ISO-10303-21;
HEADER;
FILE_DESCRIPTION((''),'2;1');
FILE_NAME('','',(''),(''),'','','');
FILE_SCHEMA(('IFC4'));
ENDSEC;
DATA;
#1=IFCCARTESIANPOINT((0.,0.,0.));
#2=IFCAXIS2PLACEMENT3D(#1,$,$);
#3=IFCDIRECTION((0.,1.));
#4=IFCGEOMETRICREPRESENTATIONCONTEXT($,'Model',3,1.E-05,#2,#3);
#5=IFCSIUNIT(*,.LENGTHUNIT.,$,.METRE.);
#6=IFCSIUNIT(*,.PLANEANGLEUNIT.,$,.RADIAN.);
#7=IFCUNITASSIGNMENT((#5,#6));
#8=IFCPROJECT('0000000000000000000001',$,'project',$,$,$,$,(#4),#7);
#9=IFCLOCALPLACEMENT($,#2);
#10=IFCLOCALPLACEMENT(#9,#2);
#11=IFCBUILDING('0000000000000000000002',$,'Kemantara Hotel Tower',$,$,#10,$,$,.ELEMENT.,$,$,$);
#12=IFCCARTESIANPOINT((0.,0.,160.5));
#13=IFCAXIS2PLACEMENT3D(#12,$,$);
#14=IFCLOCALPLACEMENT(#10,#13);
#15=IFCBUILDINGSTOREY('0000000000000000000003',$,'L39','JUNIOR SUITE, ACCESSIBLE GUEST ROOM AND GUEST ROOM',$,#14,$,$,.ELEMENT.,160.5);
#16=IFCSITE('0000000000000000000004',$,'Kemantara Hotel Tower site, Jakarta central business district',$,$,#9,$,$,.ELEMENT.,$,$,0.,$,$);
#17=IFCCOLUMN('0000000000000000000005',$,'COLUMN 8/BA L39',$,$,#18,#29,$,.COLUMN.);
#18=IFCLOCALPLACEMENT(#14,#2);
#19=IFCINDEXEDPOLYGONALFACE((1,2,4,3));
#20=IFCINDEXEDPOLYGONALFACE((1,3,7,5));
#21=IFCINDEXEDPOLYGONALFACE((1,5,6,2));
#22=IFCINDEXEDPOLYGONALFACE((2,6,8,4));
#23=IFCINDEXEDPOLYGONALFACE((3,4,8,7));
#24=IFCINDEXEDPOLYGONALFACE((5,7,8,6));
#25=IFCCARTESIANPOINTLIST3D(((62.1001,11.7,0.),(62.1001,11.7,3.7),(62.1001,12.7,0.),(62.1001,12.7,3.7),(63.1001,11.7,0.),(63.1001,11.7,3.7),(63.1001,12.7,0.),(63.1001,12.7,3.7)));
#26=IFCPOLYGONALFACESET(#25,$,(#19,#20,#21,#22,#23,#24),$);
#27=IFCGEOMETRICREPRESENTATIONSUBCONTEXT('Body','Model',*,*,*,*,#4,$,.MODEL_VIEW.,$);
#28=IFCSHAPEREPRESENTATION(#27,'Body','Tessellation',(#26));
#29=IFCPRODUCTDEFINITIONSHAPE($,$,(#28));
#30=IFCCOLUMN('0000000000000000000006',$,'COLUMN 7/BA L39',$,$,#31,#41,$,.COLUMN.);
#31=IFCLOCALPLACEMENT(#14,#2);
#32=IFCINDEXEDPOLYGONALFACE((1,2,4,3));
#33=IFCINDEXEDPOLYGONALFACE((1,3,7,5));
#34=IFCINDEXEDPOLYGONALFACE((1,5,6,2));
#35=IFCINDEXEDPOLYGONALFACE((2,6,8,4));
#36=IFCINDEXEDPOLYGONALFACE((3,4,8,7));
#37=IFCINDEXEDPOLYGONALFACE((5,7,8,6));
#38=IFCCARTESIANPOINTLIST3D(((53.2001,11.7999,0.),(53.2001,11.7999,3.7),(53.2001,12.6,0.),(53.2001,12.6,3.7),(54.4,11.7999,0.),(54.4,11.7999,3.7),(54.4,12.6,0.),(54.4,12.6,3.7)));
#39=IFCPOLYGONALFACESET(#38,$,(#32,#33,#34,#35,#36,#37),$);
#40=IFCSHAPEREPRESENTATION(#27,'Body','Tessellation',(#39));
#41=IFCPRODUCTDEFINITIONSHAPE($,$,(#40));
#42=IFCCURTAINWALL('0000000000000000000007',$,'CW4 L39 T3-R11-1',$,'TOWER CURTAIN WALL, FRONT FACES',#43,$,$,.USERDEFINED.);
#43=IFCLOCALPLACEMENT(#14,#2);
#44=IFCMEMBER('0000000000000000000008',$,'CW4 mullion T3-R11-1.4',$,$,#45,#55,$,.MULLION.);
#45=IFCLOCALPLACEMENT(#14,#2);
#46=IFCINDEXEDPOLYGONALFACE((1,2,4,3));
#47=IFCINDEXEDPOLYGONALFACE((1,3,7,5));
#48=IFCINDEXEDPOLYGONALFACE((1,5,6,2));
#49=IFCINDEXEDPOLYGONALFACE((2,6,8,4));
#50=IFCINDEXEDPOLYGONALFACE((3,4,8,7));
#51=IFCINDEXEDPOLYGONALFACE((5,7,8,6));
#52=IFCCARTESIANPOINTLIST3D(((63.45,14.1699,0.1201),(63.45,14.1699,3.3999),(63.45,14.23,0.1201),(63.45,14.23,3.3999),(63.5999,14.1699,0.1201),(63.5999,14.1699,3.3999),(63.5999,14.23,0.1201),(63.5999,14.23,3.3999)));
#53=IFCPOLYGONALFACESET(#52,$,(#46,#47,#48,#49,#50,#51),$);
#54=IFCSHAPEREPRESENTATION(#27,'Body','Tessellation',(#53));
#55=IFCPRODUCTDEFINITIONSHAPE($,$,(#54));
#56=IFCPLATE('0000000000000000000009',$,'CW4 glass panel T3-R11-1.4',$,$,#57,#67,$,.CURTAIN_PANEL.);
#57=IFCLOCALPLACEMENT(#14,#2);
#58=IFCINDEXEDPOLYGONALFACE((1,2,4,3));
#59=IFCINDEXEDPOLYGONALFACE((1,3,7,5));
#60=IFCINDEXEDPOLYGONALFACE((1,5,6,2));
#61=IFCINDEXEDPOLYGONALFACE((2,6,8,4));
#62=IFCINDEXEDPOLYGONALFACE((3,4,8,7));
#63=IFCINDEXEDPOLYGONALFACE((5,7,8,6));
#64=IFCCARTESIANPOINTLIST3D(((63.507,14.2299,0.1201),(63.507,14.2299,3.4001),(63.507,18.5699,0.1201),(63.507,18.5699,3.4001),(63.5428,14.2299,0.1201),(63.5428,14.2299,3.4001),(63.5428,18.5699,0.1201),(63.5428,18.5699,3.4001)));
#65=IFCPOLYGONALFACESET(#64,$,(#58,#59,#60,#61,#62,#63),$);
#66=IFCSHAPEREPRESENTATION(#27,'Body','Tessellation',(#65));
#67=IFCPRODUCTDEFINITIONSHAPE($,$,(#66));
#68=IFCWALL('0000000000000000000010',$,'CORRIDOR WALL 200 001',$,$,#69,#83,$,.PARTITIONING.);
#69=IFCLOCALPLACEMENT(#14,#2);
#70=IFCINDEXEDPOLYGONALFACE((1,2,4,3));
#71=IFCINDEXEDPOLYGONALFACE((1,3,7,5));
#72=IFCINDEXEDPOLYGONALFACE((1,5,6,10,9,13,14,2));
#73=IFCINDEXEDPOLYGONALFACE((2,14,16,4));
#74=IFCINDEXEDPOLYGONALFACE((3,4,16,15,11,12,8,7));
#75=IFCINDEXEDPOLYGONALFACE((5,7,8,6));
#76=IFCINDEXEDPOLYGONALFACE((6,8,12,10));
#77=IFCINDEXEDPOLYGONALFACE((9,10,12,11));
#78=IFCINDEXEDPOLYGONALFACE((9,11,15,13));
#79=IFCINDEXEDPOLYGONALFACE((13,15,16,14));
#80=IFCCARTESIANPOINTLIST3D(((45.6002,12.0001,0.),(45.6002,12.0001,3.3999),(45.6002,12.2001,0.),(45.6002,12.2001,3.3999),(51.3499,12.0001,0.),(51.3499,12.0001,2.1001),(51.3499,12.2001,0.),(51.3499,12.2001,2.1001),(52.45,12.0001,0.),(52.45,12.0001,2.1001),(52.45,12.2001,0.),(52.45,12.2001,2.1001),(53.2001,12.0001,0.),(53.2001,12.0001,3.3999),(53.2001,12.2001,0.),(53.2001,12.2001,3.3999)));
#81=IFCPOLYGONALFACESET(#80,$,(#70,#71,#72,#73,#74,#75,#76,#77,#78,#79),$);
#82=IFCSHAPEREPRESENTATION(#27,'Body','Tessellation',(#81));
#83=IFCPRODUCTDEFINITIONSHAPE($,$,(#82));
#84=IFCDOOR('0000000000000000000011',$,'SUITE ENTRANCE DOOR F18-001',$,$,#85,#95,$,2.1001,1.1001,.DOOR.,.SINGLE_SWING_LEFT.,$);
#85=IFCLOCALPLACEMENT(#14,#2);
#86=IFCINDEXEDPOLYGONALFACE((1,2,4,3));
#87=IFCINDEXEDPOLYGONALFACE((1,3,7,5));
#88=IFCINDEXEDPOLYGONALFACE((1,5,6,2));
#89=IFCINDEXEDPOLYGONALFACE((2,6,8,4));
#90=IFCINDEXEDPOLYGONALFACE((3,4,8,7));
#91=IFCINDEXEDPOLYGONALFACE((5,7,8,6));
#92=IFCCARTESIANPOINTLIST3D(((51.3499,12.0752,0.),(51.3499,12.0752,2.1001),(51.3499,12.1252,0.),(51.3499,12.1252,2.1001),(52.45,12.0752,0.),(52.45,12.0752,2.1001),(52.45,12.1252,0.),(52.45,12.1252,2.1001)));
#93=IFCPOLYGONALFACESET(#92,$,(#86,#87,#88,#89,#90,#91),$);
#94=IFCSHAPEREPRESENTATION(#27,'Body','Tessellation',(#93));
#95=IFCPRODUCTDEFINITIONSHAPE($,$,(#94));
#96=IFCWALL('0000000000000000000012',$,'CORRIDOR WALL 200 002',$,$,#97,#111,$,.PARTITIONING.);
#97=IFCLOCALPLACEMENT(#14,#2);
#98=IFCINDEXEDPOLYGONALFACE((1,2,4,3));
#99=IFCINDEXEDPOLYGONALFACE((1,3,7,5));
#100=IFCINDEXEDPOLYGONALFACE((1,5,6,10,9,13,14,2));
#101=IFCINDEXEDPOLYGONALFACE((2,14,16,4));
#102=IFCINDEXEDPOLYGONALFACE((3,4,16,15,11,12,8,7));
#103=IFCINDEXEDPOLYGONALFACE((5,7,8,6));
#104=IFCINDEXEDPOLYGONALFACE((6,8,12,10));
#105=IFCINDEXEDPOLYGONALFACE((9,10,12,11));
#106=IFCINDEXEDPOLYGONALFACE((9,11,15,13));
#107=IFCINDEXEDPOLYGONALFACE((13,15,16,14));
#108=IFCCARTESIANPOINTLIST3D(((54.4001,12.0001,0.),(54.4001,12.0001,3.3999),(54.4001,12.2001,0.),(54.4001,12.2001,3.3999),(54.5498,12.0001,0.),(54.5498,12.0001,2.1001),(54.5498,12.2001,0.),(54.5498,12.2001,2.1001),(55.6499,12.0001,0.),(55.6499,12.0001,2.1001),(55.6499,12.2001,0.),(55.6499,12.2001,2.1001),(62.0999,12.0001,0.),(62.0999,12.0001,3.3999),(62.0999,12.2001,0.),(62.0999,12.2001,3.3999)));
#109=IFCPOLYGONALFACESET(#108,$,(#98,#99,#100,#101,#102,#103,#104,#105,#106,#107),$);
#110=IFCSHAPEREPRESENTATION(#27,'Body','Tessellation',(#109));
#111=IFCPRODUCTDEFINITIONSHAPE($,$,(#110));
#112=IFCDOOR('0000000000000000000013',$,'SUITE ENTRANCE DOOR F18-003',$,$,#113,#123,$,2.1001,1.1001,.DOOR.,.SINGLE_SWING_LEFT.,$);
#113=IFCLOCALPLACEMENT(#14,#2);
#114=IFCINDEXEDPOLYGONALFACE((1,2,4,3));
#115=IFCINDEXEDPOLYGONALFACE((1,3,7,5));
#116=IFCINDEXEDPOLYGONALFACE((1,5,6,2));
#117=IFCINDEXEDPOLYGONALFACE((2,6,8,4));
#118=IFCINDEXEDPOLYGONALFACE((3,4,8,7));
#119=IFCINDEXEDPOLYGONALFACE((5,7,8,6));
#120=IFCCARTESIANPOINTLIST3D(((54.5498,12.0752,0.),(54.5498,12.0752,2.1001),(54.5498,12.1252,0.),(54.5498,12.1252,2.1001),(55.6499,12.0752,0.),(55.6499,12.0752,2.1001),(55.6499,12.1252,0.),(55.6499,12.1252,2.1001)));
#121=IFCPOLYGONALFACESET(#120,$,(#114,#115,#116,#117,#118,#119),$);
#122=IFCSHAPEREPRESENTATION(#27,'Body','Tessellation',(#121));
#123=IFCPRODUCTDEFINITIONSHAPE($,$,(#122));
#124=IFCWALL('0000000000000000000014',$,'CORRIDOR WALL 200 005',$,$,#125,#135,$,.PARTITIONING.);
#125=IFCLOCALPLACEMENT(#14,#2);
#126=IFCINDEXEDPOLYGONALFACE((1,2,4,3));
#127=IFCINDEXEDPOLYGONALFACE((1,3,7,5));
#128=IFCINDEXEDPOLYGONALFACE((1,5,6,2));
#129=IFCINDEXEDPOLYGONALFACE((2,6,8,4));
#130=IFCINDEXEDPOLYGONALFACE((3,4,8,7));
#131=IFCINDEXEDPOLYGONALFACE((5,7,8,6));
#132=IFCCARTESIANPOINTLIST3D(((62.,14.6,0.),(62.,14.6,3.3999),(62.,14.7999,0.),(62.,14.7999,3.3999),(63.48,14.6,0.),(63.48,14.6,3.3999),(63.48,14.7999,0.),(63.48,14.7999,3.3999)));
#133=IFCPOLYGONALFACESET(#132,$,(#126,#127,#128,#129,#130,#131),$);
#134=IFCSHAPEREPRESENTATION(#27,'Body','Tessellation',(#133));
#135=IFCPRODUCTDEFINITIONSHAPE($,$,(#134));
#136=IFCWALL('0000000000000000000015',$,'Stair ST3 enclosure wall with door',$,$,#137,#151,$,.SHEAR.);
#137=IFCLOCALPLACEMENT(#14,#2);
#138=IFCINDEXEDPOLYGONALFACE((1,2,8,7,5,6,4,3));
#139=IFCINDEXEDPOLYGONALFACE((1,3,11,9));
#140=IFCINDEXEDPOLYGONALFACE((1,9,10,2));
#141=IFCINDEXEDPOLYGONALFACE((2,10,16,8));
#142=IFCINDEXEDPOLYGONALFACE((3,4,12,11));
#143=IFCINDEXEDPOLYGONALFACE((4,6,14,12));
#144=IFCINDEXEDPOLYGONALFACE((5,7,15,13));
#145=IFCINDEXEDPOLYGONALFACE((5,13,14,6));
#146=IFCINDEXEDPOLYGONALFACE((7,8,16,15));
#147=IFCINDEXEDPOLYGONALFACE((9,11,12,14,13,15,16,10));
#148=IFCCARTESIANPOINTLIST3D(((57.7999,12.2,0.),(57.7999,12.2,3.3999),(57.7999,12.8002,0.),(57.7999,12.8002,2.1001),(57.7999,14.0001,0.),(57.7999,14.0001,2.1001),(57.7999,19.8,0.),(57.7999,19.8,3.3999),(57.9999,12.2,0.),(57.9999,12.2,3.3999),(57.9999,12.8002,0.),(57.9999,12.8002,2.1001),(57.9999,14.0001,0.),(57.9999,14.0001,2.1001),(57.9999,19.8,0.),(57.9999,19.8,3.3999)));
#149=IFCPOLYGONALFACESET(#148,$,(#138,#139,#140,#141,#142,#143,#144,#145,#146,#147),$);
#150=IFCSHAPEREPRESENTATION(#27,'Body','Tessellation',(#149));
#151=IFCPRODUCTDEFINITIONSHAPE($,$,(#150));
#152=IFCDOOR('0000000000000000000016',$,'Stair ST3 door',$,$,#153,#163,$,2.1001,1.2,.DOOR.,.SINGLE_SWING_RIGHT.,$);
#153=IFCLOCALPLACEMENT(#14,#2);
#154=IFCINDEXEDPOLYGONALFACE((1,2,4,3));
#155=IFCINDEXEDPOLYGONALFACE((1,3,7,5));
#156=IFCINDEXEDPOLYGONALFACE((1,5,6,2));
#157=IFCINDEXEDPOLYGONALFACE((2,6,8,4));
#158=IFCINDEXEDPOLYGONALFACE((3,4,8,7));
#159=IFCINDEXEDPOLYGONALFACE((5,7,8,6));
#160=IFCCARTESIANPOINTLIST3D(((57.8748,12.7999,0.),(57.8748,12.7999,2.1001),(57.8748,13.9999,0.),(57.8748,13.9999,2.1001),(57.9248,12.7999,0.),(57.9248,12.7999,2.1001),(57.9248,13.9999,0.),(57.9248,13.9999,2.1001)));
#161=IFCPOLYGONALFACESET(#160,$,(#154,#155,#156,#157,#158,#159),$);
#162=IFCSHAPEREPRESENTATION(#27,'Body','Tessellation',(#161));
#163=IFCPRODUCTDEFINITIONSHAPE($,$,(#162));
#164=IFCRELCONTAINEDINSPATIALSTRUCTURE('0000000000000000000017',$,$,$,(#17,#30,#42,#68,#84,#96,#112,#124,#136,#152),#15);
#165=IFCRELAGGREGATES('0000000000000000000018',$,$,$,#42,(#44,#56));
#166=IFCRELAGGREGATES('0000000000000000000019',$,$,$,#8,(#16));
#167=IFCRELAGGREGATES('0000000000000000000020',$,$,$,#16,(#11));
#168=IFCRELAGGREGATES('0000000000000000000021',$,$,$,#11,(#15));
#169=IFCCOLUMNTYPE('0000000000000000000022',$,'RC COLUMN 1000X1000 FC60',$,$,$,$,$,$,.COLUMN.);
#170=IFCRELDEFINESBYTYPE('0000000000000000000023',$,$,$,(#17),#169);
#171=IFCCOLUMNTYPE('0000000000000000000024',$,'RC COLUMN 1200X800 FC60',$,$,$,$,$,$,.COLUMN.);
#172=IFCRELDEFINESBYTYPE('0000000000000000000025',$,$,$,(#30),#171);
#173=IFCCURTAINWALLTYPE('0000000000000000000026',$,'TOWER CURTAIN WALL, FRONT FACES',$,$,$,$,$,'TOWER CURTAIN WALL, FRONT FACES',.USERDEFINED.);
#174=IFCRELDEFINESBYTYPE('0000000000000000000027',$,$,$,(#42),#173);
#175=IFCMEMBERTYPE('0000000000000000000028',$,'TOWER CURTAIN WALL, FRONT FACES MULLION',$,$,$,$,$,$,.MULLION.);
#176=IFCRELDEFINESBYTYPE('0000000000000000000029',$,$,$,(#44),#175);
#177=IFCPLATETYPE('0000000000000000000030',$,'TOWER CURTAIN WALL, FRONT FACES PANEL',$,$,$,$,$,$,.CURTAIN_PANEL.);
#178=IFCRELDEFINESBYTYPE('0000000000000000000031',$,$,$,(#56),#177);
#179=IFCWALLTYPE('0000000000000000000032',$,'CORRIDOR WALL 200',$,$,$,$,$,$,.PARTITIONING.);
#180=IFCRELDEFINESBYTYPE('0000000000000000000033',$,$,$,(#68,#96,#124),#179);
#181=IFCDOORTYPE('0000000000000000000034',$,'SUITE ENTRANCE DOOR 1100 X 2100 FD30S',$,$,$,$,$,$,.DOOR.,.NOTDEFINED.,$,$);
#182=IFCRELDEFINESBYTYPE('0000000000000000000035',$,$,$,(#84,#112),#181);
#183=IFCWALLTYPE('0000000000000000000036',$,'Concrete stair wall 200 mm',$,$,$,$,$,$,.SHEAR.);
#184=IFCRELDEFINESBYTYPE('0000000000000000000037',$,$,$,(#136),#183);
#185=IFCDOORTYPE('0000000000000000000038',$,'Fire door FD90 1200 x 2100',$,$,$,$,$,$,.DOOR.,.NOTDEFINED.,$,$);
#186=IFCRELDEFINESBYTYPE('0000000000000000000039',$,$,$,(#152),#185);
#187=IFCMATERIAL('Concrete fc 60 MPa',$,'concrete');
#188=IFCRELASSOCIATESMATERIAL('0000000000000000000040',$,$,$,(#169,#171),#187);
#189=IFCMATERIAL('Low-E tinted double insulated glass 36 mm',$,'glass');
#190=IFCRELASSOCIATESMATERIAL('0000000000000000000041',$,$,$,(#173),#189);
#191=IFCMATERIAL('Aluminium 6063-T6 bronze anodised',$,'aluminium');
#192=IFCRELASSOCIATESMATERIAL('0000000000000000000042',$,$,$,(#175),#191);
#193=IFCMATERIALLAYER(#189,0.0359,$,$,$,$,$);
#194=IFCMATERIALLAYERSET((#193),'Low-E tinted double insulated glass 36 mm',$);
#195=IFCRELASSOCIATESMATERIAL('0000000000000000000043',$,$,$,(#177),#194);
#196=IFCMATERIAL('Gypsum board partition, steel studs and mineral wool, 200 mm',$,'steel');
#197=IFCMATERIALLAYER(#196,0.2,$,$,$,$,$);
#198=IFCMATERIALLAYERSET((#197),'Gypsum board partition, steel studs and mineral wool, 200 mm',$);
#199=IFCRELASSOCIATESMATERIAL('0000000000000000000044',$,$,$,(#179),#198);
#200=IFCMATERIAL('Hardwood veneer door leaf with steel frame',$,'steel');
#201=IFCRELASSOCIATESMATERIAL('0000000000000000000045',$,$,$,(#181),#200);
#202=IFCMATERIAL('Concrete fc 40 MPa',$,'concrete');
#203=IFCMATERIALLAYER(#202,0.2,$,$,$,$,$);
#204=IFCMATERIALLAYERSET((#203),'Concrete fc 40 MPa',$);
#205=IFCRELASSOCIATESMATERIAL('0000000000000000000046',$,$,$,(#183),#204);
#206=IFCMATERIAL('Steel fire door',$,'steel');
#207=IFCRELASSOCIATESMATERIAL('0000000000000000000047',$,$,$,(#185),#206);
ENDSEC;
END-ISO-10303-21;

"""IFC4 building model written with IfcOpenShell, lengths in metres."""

from ifc_helpers import new_model, si_unit, direction, frame, frame_2d, origin, origin_2d, place, context, subcontext, project, spatial, rectangle, extrude, source, transform, mapped, material, layer, layer_set, material_profile, profile_set, type_object, element, fill, aggregate, save


model = new_model("IFC4")

# Units and contexts
model_context = context("Model", 3, precision=1e-05, world=origin(), true_north=direction((0.0, 1.0)))
body_context = subcontext(model_context, "Body", "Model", "MODEL_VIEW")
ifc_project = project(units=[si_unit("LENGTHUNIT", "METRE"), si_unit("PLANEANGLEUNIT", "RADIAN")], contexts=[model_context])

# Site, building, storey
site_placement = place(None, origin())
site = spatial("IfcSite", under=ifc_project, at=site_placement, Name="Kemantara Hotel Tower site, Jakarta central business district", CompositionType="ELEMENT", RefElevation=0.0)
building_placement = place(site_placement, origin())
building = spatial("IfcBuilding", under=site, at=building_placement, Name="Kemantara Hotel Tower", CompositionType="ELEMENT")
storey_placement = place(building_placement, frame((0.0, 0.0, 160.5)))
storey = spatial("IfcBuildingStorey", under=building, at=storey_placement, Name="L39", Description="JUNIOR SUITE, ACCESSIBLE GUEST ROOM AND GUEST ROOM", CompositionType="ELEMENT", Elevation=160.5)

# Columns
ifc_material_1 = material(Name="Concrete fc 60 MPa", Category="concrete")
ifc_material_profile_1 = material_profile(ifc_material_1, rectangle(XDim=1.0, YDim=1.0, at=origin_2d()), Name="RC 1000X1000")
ifc_profile_set_1 = profile_set([ifc_material_profile_1], Name="Concrete fc 60 MPa")
column_type_1 = type_object("IfcColumnType", Name="RC COLUMN 1000X1000 FC60", PredefinedType="COLUMN", material=ifc_profile_set_1)
column_1_placement = place(storey_placement, frame((62.6001, 12.2, 0.0), z_axis=(0.0, 0.0, 1.0), x_axis=(1.0, 0.0, 0.0)))
element("IfcColumn", 1, at=column_1_placement, inside=storey, type_object=column_type_1, Name="COLUMN 8/BA L39", PredefinedType="COLUMN", context=body_context, shape_type="SweptSolid", body=[
    extrude(rectangle(XDim=1.0, YDim=1.0, at=origin_2d()), origin(), (0.0, 0.0, 1.0), 3.7),
])
ifc_material_profile_2 = material_profile(ifc_material_1, rectangle(XDim=1.2, YDim=0.8, at=origin_2d()), Name="RC 1200X800")
ifc_profile_set_2 = profile_set([ifc_material_profile_2], Name="Concrete fc 60 MPa")
column_type_2 = type_object("IfcColumnType", Name="RC COLUMN 1200X800 FC60", PredefinedType="COLUMN", material=ifc_profile_set_2)
column_2_placement = place(storey_placement, frame((53.8, 12.2, 0.0), z_axis=(0.0, 0.0, 1.0), x_axis=(1.0, 0.0, 0.0)))
element("IfcColumn", 2, at=column_2_placement, inside=storey, type_object=column_type_2, Name="COLUMN 7/BA L39", PredefinedType="COLUMN", context=body_context, shape_type="SweptSolid", body=[
    extrude(rectangle(XDim=1.2, YDim=0.8, at=origin_2d()), origin(), (0.0, 0.0, 1.0), 3.7),
])

# Curtain wall, member, plate
ifc_material_2 = material(Name="Low-E tinted double insulated glass 36 mm", Category="glass")
curtain_wall_type = type_object("IfcCurtainWallType", Name="TOWER CURTAIN WALL, FRONT FACES", ElementType="TOWER CURTAIN WALL, FRONT FACES", PredefinedType="USERDEFINED", material=ifc_material_2)
curtain_wall_placement = place(storey_placement, origin())
curtain_wall = element("IfcCurtainWall", 3, at=curtain_wall_placement, inside=storey, type_object=curtain_wall_type, Name="CW4 L39 T3-R11-1", ObjectType="TOWER CURTAIN WALL, FRONT FACES", PredefinedType="USERDEFINED")
ifc_material_3 = material(Name="Aluminium 6063-T6 bronze anodised", Category="aluminium")
ifc_material_profile_3 = material_profile(ifc_material_3, rectangle(XDim=0.1499, YDim=0.0601, at=origin_2d()), Name="TOWER CURTAIN WALL, FRONT FACES MULLION")
ifc_profile_set_3 = profile_set([ifc_material_profile_3], Name="Aluminium 6063-T6 bronze anodised")
member_type = type_object("IfcMemberType", Name="TOWER CURTAIN WALL, FRONT FACES MULLION", PredefinedType="MULLION", material=ifc_profile_set_3)
shared_shape_1 = source(origin(), body_context, "Body", "SweptSolid", [
    extrude(rectangle(XDim=0.1499, YDim=0.0601, at=origin_2d()), origin(), (0.0, 0.0, 1.0), 3.2798),
])
member_placement = place(storey_placement, frame((63.5249, 14.2, 0.1201), z_axis=(0.0, 0.0, 1.0), x_axis=(-1.0, 0.0, 0.0)))
member = element("IfcMember", 4, at=member_placement, type_object=member_type, Name="CW4 mullion T3-R11-1.4", PredefinedType="MULLION", context=body_context, shape_type="MappedRepresentation", body=[
    mapped(shared_shape_1, transform((0.0, 0.0, 0.0))),
])
ifc_layer_1 = layer(ifc_material_2, 0.0359)
ifc_layer_set_1 = layer_set([ifc_layer_1], Name="Low-E tinted double insulated glass 36 mm")
plate_type = type_object("IfcPlateType", Name="TOWER CURTAIN WALL, FRONT FACES PANEL", PredefinedType="CURTAIN_PANEL", material=ifc_layer_set_1)
shared_shape_2 = source(origin(), body_context, "Body", "SweptSolid", [
    extrude(rectangle(XDim=4.3401, YDim=0.0359, at=origin_2d()), origin(), (0.0, 0.0, 1.0), 3.28),
])
plate_placement = place(storey_placement, frame((63.5249, 16.3999, 0.1201), z_axis=(0.0, 0.0, 1.0), x_axis=(0.0, 1.0, 0.0)))
plate = element("IfcPlate", 5, at=plate_placement, type_object=plate_type, Name="CW4 glass panel T3-R11-1.4", PredefinedType="CURTAIN_PANEL", context=body_context, shape_type="MappedRepresentation", body=[
    mapped(shared_shape_2, transform((0.0, 0.0, 0.0))),
])
aggregate(curtain_wall, [member, plate])

# Walls, openings, doors
ifc_material_4 = material(Name="Gypsum board partition, steel studs and mineral wool, 200 mm", Category="steel")
ifc_layer_2 = layer(ifc_material_4, 0.2)
ifc_layer_set_2 = layer_set([ifc_layer_2], Name="Gypsum board partition, steel studs and mineral wool, 200 mm")
wall_type_1 = type_object("IfcWallType", Name="CORRIDOR WALL 200", PredefinedType="PARTITIONING", material=ifc_layer_set_2)
wall_1_placement = place(storey_placement, frame((53.2, 12.1001, 0.0), z_axis=(0.0, 0.0, 1.0), x_axis=(-1.0, 0.0, 0.0)))
wall_1 = element("IfcWall", 6, at=wall_1_placement, inside=storey, type_object=wall_type_1, Name="CORRIDOR WALL 200 001", PredefinedType="PARTITIONING", context=body_context, shape_type="SweptSolid", body=[
    extrude(rectangle(XDim=7.5999, YDim=0.2, at=frame_2d((3.7998, 0.0))), origin(), (0.0, 0.0, 1.0), 3.3999),
])
opening_1_placement = place(wall_1_placement, frame((0.75, 0.0, 0.0)))
opening_1 = element("IfcOpeningElement", 7, at=opening_1_placement, cuts=wall_1, PredefinedType="OPENING", context=body_context, shape_type="SweptSolid", body=[
    extrude(rectangle(XDim=1.1001, YDim=2.1001, at=frame_2d((0.55, 1.05))), frame((0.0, 0.1099, 0.0), z_axis=(0.0, -1.0, 0.0), x_axis=(1.0, 0.0, 0.0)), (0.0, 0.0, 1.0), 0.22),
])
ifc_material_5 = material(Name="Hardwood veneer door leaf with steel frame", Category="steel")
door_type_1 = type_object("IfcDoorType", Name="SUITE ENTRANCE DOOR 1100 X 2100 FD30S", OperationType="NOTDEFINED", PredefinedType="DOOR", material=ifc_material_5)
door_1_placement = place(opening_1_placement, origin())
door_1 = element("IfcDoor", 8, at=door_1_placement, inside=storey, type_object=door_type_1, Name="SUITE ENTRANCE DOOR F18-001", OperationType="SINGLE_SWING_LEFT", OverallHeight=2.1001, OverallWidth=1.1001, PredefinedType="DOOR", context=body_context, shape_type="SweptSolid", body=[
    extrude(rectangle(XDim=1.1001, YDim=2.1001, at=frame_2d((0.55, 1.05))), frame((0.0, 0.0249, 0.0), z_axis=(0.0, -1.0, 0.0), x_axis=(1.0, 0.0, 0.0)), (0.0, 0.0, 1.0), 0.05),
])
fill(opening_1, door_1)
wall_2_placement = place(storey_placement, frame((62.0999, 12.1001, 0.0), z_axis=(0.0, 0.0, 1.0), x_axis=(-1.0, 0.0, 0.0)))
wall_2 = element("IfcWall", 9, at=wall_2_placement, inside=storey, type_object=wall_type_1, Name="CORRIDOR WALL 200 002", PredefinedType="PARTITIONING", context=body_context, shape_type="SweptSolid", body=[
    extrude(rectangle(XDim=7.6997, YDim=0.2, at=frame_2d((3.8499, 0.0))), origin(), (0.0, 0.0, 1.0), 3.3999),
])
opening_2_placement = place(wall_2_placement, frame((6.45, 0.0, 0.0)))
opening_2 = element("IfcOpeningElement", 10, at=opening_2_placement, cuts=wall_2, PredefinedType="OPENING", context=body_context, shape_type="SweptSolid", body=[
    extrude(rectangle(XDim=1.1001, YDim=2.1001, at=frame_2d((0.55, 1.05))), frame((0.0, 0.1099, 0.0), z_axis=(0.0, -1.0, 0.0), x_axis=(1.0, 0.0, 0.0)), (0.0, 0.0, 1.0), 0.22),
])
door_2_placement = place(opening_2_placement, origin())
door_2 = element("IfcDoor", 11, at=door_2_placement, inside=storey, type_object=door_type_1, Name="SUITE ENTRANCE DOOR F18-003", OperationType="SINGLE_SWING_LEFT", OverallHeight=2.1001, OverallWidth=1.1001, PredefinedType="DOOR", context=body_context, shape_type="SweptSolid", body=[
    extrude(rectangle(XDim=1.1001, YDim=2.1001, at=frame_2d((0.55, 1.05))), frame((0.0, 0.0249, 0.0), z_axis=(0.0, -1.0, 0.0), x_axis=(1.0, 0.0, 0.0)), (0.0, 0.0, 1.0), 0.05),
])
fill(opening_2, door_2)

# Wall
wall_3_placement = place(storey_placement, frame((62.0, 14.7, 0.0), z_axis=(0.0, 0.0, 1.0), x_axis=(1.0, 0.0, 0.0)))
element("IfcWall", 12, at=wall_3_placement, inside=storey, type_object=wall_type_1, Name="CORRIDOR WALL 200 005", PredefinedType="PARTITIONING", context=body_context, shape_type="SweptSolid", body=[
    extrude(rectangle(XDim=1.48, YDim=0.2, at=frame_2d((0.74, 0.0))), origin(), (0.0, 0.0, 1.0), 3.3999),
])

# Wall, opening, door
ifc_material_6 = material(Name="Concrete fc 40 MPa", Category="concrete")
ifc_layer_3 = layer(ifc_material_6, 0.2)
ifc_layer_set_3 = layer_set([ifc_layer_3], Name="Concrete fc 40 MPa")
wall_type_2 = type_object("IfcWallType", Name="Concrete stair wall 200 mm", PredefinedType="SHEAR", material=ifc_layer_set_3)
wall_4_placement = place(storey_placement, frame((57.8999, 12.2, 0.0), z_axis=(0.0, 0.0, 1.0), x_axis=(0.0, 1.0, 0.0)))
wall_4 = element("IfcWall", 13, at=wall_4_placement, inside=storey, type_object=wall_type_2, Name="Stair ST3 enclosure wall with door", PredefinedType="SHEAR", context=body_context, shape_type="SweptSolid", body=[
    extrude(rectangle(XDim=7.6001, YDim=0.2, at=frame_2d((3.8, 0.0))), origin(), (0.0, 0.0, 1.0), 3.3999),
])
opening_3_placement = place(wall_4_placement, frame((0.6001, 0.0, 0.0)))
opening_3 = element("IfcOpeningElement", 14, at=opening_3_placement, cuts=wall_4, PredefinedType="OPENING", context=body_context, shape_type="SweptSolid", body=[
    extrude(rectangle(XDim=1.2, YDim=2.1001, at=frame_2d((0.6001, 1.05))), frame((0.0, 0.1099, 0.0), z_axis=(0.0, -1.0, 0.0), x_axis=(1.0, 0.0, 0.0)), (0.0, 0.0, 1.0), 0.22),
])
ifc_material_7 = material(Name="Steel fire door", Category="steel")
door_type_2 = type_object("IfcDoorType", Name="Fire door FD90 1200 x 2100", OperationType="NOTDEFINED", PredefinedType="DOOR", material=ifc_material_7)
door_3_placement = place(opening_3_placement, frame((1.2, 0.0, 0.0), z_axis=(0.0, 0.0, 1.0), x_axis=(-1.0, 0.0, 0.0)))
door_3 = element("IfcDoor", 15, at=door_3_placement, inside=storey, type_object=door_type_2, Name="Stair ST3 door", OperationType="SINGLE_SWING_RIGHT", OverallHeight=2.1001, OverallWidth=1.2, PredefinedType="DOOR", context=body_context, shape_type="SweptSolid", body=[
    extrude(rectangle(XDim=1.2, YDim=2.1001, at=frame_2d((0.6001, 1.05))), frame((0.0, 0.0249, 0.0), z_axis=(0.0, -1.0, 0.0), x_axis=(1.0, 0.0, 0.0)), (0.0, 0.0, 1.0), 0.05),
])
fill(opening_3, door_3)

save(model, "model.ifc")
